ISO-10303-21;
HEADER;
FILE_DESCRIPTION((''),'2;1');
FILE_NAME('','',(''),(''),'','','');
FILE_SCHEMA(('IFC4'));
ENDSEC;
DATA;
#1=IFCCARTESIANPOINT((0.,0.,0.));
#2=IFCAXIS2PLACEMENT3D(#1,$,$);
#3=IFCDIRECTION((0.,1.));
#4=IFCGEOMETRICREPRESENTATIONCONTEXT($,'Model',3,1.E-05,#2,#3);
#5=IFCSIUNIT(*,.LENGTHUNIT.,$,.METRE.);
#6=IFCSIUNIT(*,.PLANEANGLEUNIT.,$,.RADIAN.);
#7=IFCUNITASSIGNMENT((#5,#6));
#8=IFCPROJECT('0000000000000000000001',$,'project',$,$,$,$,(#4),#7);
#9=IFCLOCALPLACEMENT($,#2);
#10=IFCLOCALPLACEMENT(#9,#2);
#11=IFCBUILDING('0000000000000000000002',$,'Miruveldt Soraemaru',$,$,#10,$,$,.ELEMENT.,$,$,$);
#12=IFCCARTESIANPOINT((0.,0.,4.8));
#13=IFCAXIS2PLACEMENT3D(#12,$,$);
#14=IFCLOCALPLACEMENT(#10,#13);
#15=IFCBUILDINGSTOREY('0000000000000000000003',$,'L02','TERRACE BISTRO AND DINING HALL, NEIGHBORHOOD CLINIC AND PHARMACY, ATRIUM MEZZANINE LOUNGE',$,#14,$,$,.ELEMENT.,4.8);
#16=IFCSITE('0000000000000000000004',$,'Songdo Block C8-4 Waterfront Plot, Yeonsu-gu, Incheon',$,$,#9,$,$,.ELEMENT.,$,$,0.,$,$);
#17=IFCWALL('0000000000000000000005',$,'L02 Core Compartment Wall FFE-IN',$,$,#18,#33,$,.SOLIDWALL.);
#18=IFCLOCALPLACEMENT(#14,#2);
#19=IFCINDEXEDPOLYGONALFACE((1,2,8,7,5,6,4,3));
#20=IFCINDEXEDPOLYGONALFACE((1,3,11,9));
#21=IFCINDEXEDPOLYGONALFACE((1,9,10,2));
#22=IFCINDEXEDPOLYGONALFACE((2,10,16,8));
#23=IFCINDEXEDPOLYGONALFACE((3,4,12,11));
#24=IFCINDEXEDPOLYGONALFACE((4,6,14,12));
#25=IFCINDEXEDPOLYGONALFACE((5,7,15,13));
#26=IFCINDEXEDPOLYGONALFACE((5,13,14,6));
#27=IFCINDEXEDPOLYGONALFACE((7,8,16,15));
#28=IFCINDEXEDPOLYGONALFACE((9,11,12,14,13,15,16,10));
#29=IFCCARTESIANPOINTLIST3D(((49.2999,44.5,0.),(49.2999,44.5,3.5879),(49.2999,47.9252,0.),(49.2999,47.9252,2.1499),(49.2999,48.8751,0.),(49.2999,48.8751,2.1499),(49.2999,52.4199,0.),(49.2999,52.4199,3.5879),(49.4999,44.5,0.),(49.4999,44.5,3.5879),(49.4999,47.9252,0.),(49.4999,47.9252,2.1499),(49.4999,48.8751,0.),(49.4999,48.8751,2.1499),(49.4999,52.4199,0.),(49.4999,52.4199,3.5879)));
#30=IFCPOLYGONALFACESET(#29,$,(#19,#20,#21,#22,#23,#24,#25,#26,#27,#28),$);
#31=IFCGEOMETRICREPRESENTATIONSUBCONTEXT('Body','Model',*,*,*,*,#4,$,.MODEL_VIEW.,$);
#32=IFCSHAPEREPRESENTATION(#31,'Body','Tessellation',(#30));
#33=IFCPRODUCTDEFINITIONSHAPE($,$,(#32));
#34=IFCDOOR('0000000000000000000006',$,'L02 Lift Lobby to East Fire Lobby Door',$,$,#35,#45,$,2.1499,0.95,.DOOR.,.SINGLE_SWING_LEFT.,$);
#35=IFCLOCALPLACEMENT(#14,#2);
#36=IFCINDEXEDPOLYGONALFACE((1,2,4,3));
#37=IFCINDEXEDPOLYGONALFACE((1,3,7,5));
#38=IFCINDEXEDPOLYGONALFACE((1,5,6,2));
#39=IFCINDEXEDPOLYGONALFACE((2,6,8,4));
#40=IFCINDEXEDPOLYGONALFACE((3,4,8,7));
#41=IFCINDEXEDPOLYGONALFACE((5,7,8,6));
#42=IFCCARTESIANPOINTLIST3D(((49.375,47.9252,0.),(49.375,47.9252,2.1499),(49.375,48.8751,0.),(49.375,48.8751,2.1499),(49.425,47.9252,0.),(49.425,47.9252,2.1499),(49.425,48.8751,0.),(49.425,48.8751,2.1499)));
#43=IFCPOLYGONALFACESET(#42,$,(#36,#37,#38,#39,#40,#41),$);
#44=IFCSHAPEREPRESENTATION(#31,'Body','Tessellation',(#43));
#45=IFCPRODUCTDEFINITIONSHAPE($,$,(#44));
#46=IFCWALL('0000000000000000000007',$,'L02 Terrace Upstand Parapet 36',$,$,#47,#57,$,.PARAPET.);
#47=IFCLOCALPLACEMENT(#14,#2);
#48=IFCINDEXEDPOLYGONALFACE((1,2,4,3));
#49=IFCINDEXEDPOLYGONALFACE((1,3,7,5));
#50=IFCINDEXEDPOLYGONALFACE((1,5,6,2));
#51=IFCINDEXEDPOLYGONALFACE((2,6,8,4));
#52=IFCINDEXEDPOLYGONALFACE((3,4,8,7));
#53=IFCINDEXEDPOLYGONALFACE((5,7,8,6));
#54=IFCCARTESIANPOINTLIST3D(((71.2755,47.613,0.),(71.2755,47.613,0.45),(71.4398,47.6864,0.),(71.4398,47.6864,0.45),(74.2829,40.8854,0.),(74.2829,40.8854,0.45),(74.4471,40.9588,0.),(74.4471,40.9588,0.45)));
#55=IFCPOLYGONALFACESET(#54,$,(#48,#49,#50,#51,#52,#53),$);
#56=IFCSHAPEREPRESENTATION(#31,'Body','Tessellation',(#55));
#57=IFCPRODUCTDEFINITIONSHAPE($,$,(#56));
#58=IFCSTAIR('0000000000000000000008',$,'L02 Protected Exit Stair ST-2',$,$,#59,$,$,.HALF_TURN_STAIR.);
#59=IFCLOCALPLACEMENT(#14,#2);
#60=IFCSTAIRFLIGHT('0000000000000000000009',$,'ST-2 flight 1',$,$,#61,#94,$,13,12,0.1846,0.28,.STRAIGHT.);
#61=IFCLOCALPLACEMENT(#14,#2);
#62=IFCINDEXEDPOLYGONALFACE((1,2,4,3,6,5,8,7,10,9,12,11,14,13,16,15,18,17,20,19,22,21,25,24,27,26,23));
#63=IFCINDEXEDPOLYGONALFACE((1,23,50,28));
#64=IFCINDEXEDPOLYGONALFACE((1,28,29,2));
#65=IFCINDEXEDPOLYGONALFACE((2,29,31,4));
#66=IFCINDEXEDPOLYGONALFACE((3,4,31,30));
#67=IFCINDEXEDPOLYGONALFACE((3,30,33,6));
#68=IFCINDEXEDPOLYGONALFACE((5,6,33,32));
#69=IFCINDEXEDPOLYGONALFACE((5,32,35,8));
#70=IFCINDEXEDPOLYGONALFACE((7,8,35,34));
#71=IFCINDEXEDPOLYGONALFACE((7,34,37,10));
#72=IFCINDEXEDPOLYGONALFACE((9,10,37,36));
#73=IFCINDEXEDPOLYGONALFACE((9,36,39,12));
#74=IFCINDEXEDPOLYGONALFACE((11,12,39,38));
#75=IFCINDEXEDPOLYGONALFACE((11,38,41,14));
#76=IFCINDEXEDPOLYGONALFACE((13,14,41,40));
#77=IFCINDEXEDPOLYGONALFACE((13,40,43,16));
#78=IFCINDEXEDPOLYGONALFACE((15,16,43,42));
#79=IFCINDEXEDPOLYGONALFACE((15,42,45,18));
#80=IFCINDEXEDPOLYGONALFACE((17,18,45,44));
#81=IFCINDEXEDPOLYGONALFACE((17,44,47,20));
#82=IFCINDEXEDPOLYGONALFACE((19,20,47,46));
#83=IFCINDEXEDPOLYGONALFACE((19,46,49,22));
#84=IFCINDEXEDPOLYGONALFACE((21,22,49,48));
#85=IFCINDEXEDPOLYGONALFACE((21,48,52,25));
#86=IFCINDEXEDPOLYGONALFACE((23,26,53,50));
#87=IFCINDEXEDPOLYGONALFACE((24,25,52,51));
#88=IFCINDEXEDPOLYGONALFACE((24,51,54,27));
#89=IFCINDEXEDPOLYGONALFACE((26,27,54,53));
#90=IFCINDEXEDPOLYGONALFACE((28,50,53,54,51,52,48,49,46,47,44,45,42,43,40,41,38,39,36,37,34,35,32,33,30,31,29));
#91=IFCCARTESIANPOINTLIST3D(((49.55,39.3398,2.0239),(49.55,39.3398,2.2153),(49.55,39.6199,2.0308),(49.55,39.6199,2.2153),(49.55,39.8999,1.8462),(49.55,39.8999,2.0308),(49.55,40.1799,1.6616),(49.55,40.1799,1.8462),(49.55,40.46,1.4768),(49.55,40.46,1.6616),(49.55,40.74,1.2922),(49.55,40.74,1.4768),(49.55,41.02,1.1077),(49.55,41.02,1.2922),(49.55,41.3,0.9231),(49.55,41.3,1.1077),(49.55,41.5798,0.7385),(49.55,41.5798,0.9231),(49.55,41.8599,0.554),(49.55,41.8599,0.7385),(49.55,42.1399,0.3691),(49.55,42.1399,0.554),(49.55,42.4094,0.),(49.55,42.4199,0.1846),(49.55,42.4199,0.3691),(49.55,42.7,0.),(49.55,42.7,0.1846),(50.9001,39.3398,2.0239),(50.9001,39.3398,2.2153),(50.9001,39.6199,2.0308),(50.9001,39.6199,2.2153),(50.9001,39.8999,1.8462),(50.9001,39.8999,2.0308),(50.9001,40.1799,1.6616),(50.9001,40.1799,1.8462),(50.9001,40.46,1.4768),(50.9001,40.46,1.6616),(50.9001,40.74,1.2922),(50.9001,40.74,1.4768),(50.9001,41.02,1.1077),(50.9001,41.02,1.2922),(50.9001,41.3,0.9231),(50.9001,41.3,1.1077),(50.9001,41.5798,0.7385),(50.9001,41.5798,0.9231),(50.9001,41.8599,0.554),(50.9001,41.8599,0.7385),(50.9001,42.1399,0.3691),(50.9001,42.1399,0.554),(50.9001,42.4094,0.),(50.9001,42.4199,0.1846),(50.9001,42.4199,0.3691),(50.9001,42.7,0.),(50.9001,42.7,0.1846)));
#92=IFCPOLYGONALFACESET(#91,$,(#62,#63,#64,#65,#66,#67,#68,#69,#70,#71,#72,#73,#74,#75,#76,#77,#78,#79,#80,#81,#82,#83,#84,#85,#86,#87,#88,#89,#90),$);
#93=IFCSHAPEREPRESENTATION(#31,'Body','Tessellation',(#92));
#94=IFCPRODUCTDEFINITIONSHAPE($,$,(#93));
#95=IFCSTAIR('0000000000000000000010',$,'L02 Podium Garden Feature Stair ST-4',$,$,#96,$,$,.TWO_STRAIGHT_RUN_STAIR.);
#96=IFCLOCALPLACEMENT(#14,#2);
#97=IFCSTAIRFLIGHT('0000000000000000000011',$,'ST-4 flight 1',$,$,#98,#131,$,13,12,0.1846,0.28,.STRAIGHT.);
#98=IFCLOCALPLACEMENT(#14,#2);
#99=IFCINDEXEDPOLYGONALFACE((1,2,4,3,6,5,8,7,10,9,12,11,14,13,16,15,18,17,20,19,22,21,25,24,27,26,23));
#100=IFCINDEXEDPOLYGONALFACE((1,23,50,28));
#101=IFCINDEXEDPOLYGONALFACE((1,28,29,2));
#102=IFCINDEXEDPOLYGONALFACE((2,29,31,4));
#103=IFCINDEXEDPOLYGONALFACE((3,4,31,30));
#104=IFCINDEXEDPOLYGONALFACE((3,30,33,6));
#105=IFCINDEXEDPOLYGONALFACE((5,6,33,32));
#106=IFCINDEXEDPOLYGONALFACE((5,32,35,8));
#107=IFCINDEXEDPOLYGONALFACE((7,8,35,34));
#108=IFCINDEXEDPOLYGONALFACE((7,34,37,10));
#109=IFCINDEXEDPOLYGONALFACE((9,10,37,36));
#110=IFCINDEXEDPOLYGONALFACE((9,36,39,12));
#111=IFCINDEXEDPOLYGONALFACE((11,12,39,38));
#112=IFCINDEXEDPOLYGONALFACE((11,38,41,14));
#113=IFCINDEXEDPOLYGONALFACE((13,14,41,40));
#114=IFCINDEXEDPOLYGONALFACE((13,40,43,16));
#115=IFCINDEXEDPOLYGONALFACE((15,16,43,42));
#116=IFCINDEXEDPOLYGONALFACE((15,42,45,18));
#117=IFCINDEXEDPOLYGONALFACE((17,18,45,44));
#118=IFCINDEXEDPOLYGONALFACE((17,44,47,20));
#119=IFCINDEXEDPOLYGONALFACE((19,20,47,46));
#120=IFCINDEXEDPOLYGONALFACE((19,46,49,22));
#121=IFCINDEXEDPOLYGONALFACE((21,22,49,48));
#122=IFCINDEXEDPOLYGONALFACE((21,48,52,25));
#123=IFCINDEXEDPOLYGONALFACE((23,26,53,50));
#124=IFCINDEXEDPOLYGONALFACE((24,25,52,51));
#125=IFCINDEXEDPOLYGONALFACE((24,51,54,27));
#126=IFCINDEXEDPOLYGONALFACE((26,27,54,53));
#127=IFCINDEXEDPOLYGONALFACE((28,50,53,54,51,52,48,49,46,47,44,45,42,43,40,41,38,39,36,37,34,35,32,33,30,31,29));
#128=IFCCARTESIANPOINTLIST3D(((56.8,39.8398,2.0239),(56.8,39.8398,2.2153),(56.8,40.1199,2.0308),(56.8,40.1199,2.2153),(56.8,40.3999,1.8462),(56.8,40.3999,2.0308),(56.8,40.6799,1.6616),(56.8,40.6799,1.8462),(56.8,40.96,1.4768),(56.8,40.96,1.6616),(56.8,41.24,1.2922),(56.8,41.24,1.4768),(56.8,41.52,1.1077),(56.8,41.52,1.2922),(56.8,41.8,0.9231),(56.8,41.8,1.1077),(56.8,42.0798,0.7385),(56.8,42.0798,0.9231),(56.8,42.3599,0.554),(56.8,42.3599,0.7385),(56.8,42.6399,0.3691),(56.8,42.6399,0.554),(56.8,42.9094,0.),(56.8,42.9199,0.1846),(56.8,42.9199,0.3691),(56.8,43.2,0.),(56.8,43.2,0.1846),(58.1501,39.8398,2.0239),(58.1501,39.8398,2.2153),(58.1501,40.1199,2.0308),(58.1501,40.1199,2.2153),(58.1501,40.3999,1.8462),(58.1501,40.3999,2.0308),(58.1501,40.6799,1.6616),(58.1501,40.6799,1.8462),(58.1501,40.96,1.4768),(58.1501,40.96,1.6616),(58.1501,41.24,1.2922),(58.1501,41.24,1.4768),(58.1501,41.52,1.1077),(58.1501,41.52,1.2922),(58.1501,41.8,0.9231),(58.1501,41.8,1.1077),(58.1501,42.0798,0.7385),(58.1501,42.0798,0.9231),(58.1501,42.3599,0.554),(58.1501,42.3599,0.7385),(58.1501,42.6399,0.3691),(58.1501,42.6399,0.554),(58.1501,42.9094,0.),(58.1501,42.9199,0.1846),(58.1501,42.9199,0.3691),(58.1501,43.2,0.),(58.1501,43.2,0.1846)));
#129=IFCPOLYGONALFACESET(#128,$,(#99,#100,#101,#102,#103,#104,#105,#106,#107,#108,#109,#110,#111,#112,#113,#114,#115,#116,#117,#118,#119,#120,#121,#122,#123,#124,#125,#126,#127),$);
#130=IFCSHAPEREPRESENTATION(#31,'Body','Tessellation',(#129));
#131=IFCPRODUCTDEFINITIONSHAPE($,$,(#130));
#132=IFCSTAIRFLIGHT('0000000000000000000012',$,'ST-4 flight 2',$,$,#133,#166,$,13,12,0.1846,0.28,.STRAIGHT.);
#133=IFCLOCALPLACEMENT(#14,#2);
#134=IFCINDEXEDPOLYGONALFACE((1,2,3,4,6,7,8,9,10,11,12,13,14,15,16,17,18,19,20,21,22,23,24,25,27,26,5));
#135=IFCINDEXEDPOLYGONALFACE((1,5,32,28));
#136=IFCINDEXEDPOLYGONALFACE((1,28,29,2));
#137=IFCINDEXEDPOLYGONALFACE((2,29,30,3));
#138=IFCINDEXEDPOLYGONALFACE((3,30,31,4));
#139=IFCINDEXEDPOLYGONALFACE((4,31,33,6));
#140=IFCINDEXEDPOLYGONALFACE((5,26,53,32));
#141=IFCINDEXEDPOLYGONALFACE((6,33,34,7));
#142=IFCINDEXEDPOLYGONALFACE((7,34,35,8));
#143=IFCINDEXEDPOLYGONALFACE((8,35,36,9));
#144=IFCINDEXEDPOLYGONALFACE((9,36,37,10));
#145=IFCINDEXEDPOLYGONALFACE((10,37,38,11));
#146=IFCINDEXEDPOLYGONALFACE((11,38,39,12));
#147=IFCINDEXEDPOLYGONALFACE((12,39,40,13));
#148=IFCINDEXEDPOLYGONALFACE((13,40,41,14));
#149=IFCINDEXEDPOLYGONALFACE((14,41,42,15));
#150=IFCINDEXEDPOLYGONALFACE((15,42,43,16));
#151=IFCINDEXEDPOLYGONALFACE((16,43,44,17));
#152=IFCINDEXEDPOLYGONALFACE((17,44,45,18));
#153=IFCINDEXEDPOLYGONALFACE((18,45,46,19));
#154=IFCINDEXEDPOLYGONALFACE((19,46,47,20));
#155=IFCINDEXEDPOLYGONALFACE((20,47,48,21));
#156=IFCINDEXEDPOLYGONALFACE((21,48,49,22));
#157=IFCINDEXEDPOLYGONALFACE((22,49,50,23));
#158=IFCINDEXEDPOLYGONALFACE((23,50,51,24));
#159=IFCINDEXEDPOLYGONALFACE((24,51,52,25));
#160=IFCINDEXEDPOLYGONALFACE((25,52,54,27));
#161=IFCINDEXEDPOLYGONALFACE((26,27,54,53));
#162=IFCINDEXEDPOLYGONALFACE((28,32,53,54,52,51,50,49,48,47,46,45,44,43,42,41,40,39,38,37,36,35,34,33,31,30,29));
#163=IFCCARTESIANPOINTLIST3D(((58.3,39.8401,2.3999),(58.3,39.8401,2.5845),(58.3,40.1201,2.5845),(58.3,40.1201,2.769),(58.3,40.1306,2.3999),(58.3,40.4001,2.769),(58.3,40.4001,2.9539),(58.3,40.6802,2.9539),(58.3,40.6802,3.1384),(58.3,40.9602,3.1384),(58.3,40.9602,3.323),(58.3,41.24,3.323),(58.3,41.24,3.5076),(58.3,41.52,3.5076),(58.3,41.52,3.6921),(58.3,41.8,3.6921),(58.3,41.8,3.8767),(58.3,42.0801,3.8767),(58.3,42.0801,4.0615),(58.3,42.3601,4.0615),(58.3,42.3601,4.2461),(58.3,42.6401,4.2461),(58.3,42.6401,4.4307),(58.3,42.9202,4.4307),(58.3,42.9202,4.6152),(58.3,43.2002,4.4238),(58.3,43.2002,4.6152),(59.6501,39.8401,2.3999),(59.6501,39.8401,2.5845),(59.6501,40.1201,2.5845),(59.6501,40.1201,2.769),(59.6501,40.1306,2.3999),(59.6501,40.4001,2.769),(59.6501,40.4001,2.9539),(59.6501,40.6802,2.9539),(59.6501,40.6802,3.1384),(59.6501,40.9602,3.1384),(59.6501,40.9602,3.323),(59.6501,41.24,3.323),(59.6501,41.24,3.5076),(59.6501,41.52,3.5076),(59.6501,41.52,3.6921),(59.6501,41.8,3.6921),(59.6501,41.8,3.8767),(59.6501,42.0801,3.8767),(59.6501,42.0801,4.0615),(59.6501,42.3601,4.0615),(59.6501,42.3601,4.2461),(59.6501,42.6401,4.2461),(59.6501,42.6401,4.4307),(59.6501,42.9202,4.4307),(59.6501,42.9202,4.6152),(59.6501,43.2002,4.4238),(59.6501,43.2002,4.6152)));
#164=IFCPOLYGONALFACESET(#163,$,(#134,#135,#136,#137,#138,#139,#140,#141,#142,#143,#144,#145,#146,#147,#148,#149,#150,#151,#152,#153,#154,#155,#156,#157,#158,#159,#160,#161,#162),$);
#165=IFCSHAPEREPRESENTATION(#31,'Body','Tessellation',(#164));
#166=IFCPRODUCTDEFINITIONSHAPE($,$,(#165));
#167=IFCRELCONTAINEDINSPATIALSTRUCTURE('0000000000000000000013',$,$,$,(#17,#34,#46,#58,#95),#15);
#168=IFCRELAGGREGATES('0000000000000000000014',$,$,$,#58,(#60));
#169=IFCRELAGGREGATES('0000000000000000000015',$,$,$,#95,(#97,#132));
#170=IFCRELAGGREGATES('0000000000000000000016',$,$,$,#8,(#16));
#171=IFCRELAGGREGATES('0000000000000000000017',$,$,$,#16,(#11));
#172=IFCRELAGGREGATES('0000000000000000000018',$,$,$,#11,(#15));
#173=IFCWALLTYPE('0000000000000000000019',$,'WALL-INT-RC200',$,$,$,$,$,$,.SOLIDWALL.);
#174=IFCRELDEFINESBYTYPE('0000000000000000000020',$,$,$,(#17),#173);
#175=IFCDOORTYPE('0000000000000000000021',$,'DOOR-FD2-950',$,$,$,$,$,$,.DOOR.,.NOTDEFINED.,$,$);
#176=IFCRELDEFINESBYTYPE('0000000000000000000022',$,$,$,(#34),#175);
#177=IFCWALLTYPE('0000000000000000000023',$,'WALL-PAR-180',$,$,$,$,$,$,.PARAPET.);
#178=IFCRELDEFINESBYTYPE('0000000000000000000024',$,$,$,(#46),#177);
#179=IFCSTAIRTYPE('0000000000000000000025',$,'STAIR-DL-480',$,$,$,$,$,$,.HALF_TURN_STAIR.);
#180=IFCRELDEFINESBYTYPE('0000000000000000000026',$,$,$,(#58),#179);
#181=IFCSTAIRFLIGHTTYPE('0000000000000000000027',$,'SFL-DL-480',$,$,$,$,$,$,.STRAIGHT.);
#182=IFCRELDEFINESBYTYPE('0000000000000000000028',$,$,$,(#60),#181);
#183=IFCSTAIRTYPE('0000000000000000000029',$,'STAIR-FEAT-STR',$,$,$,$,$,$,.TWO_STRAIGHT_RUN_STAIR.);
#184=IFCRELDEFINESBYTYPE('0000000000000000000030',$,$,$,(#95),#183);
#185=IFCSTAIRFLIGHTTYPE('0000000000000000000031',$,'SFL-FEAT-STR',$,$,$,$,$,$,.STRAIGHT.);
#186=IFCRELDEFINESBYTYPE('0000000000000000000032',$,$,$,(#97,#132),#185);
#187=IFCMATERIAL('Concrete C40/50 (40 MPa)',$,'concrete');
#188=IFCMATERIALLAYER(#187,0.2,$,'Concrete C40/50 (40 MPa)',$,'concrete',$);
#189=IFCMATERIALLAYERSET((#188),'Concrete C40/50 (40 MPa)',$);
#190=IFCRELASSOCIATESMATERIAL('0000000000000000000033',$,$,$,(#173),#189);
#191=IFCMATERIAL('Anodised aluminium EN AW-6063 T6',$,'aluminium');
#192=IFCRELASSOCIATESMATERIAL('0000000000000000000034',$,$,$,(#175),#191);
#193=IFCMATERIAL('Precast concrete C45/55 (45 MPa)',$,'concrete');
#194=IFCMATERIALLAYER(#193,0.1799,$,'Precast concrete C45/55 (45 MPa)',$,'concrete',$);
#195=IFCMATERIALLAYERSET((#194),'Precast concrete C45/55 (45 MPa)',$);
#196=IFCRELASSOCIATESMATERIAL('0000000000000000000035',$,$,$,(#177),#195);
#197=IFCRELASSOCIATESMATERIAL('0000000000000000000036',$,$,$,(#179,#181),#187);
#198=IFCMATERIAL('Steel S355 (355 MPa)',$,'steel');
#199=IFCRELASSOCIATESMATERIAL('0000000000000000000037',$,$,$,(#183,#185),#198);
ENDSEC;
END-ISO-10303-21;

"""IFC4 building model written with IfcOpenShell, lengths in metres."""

from ifc_helpers import new_model, si_unit, direction, frame, frame_2d, origin, place, context, subcontext, project, spatial, polyline, rectangle, outline, extrude, material, layer, layer_set, type_object, element, fill, aggregate, save


model = new_model("IFC4")

# Units and contexts
model_context = context("Model", 3, precision=1e-05, world=origin(), true_north=direction((0.0, 1.0)))
body_context = subcontext(model_context, "Body", "Model", "MODEL_VIEW")
ifc_project = project(units=[si_unit("LENGTHUNIT", "METRE"), si_unit("PLANEANGLEUNIT", "RADIAN")], contexts=[model_context])

# Site, building, storey
site_placement = place(None, origin())
site = spatial("IfcSite", under=ifc_project, at=site_placement, Name="Songdo Block C8-4 Waterfront Plot, Yeonsu-gu, Incheon", CompositionType="ELEMENT", RefElevation=0.0)
building_placement = place(site_placement, origin())
building = spatial("IfcBuilding", under=site, at=building_placement, Name="Miruveldt Soraemaru", CompositionType="ELEMENT")
storey_placement = place(building_placement, frame((0.0, 0.0, 4.8)))
storey = spatial("IfcBuildingStorey", under=building, at=storey_placement, Name="L02", Description="TERRACE BISTRO AND DINING HALL, NEIGHBORHOOD CLINIC AND PHARMACY, ATRIUM MEZZANINE LOUNGE", CompositionType="ELEMENT", Elevation=4.8)

# Shared definitions
ifc_material_1 = material(Name="Precast concrete C45/55 (45 MPa)", Category="concrete")

# Shared definitions
ifc_material_2 = material(Name="Concrete C40/50 (40 MPa)", Category="concrete")

# Wall, opening, door
ifc_layer_1 = layer(ifc_material_2, 0.2, Name="Concrete C40/50 (40 MPa)", Category="concrete")
ifc_layer_set_1 = layer_set([ifc_layer_1], Name="Concrete C40/50 (40 MPa)")
wall_type_1 = type_object("IfcWallType", Name="WALL-INT-RC200", PredefinedType="SOLIDWALL", material=ifc_layer_set_1)
wall_1_placement = place(storey_placement, frame((49.3999, 44.5, 0.0), z_axis=(0.0, 0.0, 1.0), x_axis=(0.0, 1.0, 0.0)))
wall_1 = element("IfcWall", 1, at=wall_1_placement, inside=storey, type_object=wall_type_1, Name="L02 Core Compartment Wall FFE-IN", PredefinedType="SOLIDWALL", context=body_context, shape_type="SweptSolid", body=[
    extrude(rectangle(XDim=7.9199, YDim=0.2, at=frame_2d((3.96, 0.0))), origin(), (0.0, 0.0, 1.0), 3.5879),
])
opening_1_placement = place(wall_1_placement, frame((3.425, 0.0, 0.0)))
opening_1 = element("IfcOpeningElement", 2, at=opening_1_placement, cuts=wall_1, PredefinedType="OPENING", context=body_context, shape_type="SweptSolid", body=[
    extrude(rectangle(XDim=0.95, YDim=2.1499, at=frame_2d((0.4751, 1.075))), frame((0.0, 0.1099, 0.0), z_axis=(0.0, -1.0, 0.0), x_axis=(1.0, 0.0, 0.0)), (0.0, 0.0, 1.0), 0.22),
])
ifc_material_3 = material(Name="Anodised aluminium EN AW-6063 T6", Category="aluminium")
door_type_1 = type_object("IfcDoorType", Name="DOOR-FD2-950", OperationType="NOTDEFINED", PredefinedType="DOOR", material=ifc_material_3)
door_1_placement = place(opening_1_placement, origin())
door_1 = element("IfcDoor", 3, at=door_1_placement, inside=storey, type_object=door_type_1, Name="L02 Lift Lobby to East Fire Lobby Door", OperationType="SINGLE_SWING_LEFT", OverallHeight=2.1499, OverallWidth=0.95, PredefinedType="DOOR", context=body_context, shape_type="SweptSolid", body=[
    extrude(rectangle(XDim=0.95, YDim=2.1499, at=frame_2d((0.4751, 1.075))), frame((0.0, 0.0249, 0.0), z_axis=(0.0, -1.0, 0.0), x_axis=(1.0, 0.0, 0.0)), (0.0, 0.0, 1.0), 0.05),
])
fill(opening_1, door_1)

# Wall
ifc_layer_2 = layer(ifc_material_1, 0.1799, Name="Precast concrete C45/55 (45 MPa)", Category="concrete")
ifc_layer_set_2 = layer_set([ifc_layer_2], Name="Precast concrete C45/55 (45 MPa)")
wall_type_2 = type_object("IfcWallType", Name="WALL-PAR-180", PredefinedType="PARAPET", material=ifc_layer_set_2)
wall_2_placement = place(storey_placement, frame((74.365, 40.9221, 0.0), z_axis=(0.0, 0.0, 1.0), x_axis=(-0.408099, 0.912938, 0.0)))
element("IfcWall", 4, at=wall_2_placement, inside=storey, type_object=wall_type_2, Name="L02 Terrace Upstand Parapet 36", PredefinedType="PARAPET", context=body_context, shape_type="SweptSolid", body=[
    extrude(rectangle(XDim=7.3691, YDim=0.1799, at=frame_2d((3.6846, 0.0))), origin(), (0.0, 0.0, 1.0), 0.45),
])

# Stair, stair flight
stair_type_1 = type_object("IfcStairType", Name="STAIR-DL-480", PredefinedType="HALF_TURN_STAIR", material=ifc_material_2)
stair_1_placement = place(storey_placement, origin())
stair_1 = element("IfcStair", 5, at=stair_1_placement, inside=storey, type_object=stair_type_1, Name="L02 Protected Exit Stair ST-2", PredefinedType="HALF_TURN_STAIR")
stair_flight_type_1 = type_object("IfcStairFlightType", Name="SFL-DL-480", PredefinedType="STRAIGHT", material=ifc_material_2)
stair_flight_1_placement = place(storey_placement, frame((50.2251, 42.7, 0.0), z_axis=(0.0, 0.0, 1.0), x_axis=(0.0, -1.0, 0.0)))
stair_flight_1 = element("IfcStairFlight", 6, at=stair_flight_1_placement, type_object=stair_flight_type_1, Name="ST-2 flight 1", NumberOfRisers=13, NumberOfTreads=12, PredefinedType="STRAIGHT", RiserHeight=0.1846, TreadLength=0.28, context=body_context, shape_type="SweptSolid", body=[
    extrude(outline(polyline([(0.0, 0.0), (0.0, 0.1846), (0.28, 0.1846), (0.28, 0.3691), (0.5601, 0.3691), (0.5601, 0.554), (0.8401, 0.554), (0.8401, 0.7385), (1.1201, 0.7385), (1.1201, 0.9231), (1.3999, 0.9231), (1.3999, 1.1077), (1.6799, 1.1077), (1.6799, 1.2922), (1.96, 1.2922), (1.96, 1.4768), (2.24, 1.4768), (2.24, 1.6616), (2.52, 1.6616), (2.52, 1.8462), (2.8, 1.8462), (2.8, 2.0308), (3.0801, 2.0308), (3.0801, 2.2153), (3.3601, 2.2153), (3.3601, 2.3999), (3.3601, 2.0239), (0.2905, 0.0), (0.0, 0.0)])), frame((0.0, 0.675, 0.0), z_axis=(0.0, -1.0, 0.0), x_axis=(1.0, 0.0, 0.0)), (0.0, 0.0, 1.0), 1.3501),
])
aggregate(stair_1, [stair_flight_1])

# Stair, stair flights
ifc_material_4 = material(Name="Steel S355 (355 MPa)", Category="steel")
stair_type_2 = type_object("IfcStairType", Name="STAIR-FEAT-STR", PredefinedType="TWO_STRAIGHT_RUN_STAIR", material=ifc_material_4)
stair_2_placement = place(storey_placement, origin())
stair_2 = element("IfcStair", 7, at=stair_2_placement, inside=storey, type_object=stair_type_2, Name="L02 Podium Garden Feature Stair ST-4", PredefinedType="TWO_STRAIGHT_RUN_STAIR")
stair_flight_type_2 = type_object("IfcStairFlightType", Name="SFL-FEAT-STR", PredefinedType="STRAIGHT", material=ifc_material_4)
stair_flight_2_placement = place(storey_placement, frame((57.4751, 43.2, 0.0), z_axis=(0.0, 0.0, 1.0), x_axis=(0.0, -1.0, 0.0)))
stair_flight_2 = element("IfcStairFlight", 8, at=stair_flight_2_placement, type_object=stair_flight_type_2, Name="ST-4 flight 1", NumberOfRisers=13, NumberOfTreads=12, PredefinedType="STRAIGHT", RiserHeight=0.1846, TreadLength=0.28, context=body_context, shape_type="SweptSolid", body=[
    extrude(outline(polyline([(0.0, 0.0), (0.0, 0.1846), (0.28, 0.1846), (0.28, 0.3691), (0.5601, 0.3691), (0.5601, 0.554), (0.8401, 0.554), (0.8401, 0.7385), (1.1201, 0.7385), (1.1201, 0.9231), (1.3999, 0.9231), (1.3999, 1.1077), (1.6799, 1.1077), (1.6799, 1.2922), (1.96, 1.2922), (1.96, 1.4768), (2.24, 1.4768), (2.24, 1.6616), (2.52, 1.6616), (2.52, 1.8462), (2.8, 1.8462), (2.8, 2.0308), (3.0801, 2.0308), (3.0801, 2.2153), (3.3601, 2.2153), (3.3601, 2.3999), (3.3601, 2.0239), (0.2905, 0.0), (0.0, 0.0)])), frame((0.0, 0.675, 0.0), z_axis=(0.0, -1.0, 0.0), x_axis=(1.0, 0.0, 0.0)), (0.0, 0.0, 1.0), 1.3501),
])
stair_flight_3_placement = place(storey_placement, frame((58.9751, 39.8401, 2.3999), z_axis=(0.0, 0.0, 1.0), x_axis=(0.0, 1.0, 0.0)))
stair_flight_3 = element("IfcStairFlight", 9, at=stair_flight_3_placement, type_object=stair_flight_type_2, Name="ST-4 flight 2", NumberOfRisers=13, NumberOfTreads=12, PredefinedType="STRAIGHT", RiserHeight=0.1846, TreadLength=0.28, context=body_context, shape_type="SweptSolid", body=[
    extrude(outline(polyline([(0.0, 0.0), (0.0, 0.1846), (0.28, 0.1846), (0.28, 0.3691), (0.5601, 0.3691), (0.5601, 0.554), (0.8401, 0.554), (0.8401, 0.7385), (1.1201, 0.7385), (1.1201, 0.9231), (1.3999, 0.9231), (1.3999, 1.1077), (1.6799, 1.1077), (1.6799, 1.2922), (1.96, 1.2922), (1.96, 1.4768), (2.24, 1.4768), (2.24, 1.6616), (2.52, 1.6616), (2.52, 1.8462), (2.8, 1.8462), (2.8, 2.0308), (3.0801, 2.0308), (3.0801, 2.2153), (3.3601, 2.2153), (3.3601, 2.3999), (3.3601, 2.0239), (0.2905, 0.0), (0.0, 0.0)])), frame((0.0, 0.675, 0.0), z_axis=(0.0, -1.0, 0.0), x_axis=(1.0, 0.0, 0.0)), (0.0, 0.0, 1.0), 1.3501),
])
aggregate(stair_2, [stair_flight_2, stair_flight_3])

save(model, "model.ifc")
